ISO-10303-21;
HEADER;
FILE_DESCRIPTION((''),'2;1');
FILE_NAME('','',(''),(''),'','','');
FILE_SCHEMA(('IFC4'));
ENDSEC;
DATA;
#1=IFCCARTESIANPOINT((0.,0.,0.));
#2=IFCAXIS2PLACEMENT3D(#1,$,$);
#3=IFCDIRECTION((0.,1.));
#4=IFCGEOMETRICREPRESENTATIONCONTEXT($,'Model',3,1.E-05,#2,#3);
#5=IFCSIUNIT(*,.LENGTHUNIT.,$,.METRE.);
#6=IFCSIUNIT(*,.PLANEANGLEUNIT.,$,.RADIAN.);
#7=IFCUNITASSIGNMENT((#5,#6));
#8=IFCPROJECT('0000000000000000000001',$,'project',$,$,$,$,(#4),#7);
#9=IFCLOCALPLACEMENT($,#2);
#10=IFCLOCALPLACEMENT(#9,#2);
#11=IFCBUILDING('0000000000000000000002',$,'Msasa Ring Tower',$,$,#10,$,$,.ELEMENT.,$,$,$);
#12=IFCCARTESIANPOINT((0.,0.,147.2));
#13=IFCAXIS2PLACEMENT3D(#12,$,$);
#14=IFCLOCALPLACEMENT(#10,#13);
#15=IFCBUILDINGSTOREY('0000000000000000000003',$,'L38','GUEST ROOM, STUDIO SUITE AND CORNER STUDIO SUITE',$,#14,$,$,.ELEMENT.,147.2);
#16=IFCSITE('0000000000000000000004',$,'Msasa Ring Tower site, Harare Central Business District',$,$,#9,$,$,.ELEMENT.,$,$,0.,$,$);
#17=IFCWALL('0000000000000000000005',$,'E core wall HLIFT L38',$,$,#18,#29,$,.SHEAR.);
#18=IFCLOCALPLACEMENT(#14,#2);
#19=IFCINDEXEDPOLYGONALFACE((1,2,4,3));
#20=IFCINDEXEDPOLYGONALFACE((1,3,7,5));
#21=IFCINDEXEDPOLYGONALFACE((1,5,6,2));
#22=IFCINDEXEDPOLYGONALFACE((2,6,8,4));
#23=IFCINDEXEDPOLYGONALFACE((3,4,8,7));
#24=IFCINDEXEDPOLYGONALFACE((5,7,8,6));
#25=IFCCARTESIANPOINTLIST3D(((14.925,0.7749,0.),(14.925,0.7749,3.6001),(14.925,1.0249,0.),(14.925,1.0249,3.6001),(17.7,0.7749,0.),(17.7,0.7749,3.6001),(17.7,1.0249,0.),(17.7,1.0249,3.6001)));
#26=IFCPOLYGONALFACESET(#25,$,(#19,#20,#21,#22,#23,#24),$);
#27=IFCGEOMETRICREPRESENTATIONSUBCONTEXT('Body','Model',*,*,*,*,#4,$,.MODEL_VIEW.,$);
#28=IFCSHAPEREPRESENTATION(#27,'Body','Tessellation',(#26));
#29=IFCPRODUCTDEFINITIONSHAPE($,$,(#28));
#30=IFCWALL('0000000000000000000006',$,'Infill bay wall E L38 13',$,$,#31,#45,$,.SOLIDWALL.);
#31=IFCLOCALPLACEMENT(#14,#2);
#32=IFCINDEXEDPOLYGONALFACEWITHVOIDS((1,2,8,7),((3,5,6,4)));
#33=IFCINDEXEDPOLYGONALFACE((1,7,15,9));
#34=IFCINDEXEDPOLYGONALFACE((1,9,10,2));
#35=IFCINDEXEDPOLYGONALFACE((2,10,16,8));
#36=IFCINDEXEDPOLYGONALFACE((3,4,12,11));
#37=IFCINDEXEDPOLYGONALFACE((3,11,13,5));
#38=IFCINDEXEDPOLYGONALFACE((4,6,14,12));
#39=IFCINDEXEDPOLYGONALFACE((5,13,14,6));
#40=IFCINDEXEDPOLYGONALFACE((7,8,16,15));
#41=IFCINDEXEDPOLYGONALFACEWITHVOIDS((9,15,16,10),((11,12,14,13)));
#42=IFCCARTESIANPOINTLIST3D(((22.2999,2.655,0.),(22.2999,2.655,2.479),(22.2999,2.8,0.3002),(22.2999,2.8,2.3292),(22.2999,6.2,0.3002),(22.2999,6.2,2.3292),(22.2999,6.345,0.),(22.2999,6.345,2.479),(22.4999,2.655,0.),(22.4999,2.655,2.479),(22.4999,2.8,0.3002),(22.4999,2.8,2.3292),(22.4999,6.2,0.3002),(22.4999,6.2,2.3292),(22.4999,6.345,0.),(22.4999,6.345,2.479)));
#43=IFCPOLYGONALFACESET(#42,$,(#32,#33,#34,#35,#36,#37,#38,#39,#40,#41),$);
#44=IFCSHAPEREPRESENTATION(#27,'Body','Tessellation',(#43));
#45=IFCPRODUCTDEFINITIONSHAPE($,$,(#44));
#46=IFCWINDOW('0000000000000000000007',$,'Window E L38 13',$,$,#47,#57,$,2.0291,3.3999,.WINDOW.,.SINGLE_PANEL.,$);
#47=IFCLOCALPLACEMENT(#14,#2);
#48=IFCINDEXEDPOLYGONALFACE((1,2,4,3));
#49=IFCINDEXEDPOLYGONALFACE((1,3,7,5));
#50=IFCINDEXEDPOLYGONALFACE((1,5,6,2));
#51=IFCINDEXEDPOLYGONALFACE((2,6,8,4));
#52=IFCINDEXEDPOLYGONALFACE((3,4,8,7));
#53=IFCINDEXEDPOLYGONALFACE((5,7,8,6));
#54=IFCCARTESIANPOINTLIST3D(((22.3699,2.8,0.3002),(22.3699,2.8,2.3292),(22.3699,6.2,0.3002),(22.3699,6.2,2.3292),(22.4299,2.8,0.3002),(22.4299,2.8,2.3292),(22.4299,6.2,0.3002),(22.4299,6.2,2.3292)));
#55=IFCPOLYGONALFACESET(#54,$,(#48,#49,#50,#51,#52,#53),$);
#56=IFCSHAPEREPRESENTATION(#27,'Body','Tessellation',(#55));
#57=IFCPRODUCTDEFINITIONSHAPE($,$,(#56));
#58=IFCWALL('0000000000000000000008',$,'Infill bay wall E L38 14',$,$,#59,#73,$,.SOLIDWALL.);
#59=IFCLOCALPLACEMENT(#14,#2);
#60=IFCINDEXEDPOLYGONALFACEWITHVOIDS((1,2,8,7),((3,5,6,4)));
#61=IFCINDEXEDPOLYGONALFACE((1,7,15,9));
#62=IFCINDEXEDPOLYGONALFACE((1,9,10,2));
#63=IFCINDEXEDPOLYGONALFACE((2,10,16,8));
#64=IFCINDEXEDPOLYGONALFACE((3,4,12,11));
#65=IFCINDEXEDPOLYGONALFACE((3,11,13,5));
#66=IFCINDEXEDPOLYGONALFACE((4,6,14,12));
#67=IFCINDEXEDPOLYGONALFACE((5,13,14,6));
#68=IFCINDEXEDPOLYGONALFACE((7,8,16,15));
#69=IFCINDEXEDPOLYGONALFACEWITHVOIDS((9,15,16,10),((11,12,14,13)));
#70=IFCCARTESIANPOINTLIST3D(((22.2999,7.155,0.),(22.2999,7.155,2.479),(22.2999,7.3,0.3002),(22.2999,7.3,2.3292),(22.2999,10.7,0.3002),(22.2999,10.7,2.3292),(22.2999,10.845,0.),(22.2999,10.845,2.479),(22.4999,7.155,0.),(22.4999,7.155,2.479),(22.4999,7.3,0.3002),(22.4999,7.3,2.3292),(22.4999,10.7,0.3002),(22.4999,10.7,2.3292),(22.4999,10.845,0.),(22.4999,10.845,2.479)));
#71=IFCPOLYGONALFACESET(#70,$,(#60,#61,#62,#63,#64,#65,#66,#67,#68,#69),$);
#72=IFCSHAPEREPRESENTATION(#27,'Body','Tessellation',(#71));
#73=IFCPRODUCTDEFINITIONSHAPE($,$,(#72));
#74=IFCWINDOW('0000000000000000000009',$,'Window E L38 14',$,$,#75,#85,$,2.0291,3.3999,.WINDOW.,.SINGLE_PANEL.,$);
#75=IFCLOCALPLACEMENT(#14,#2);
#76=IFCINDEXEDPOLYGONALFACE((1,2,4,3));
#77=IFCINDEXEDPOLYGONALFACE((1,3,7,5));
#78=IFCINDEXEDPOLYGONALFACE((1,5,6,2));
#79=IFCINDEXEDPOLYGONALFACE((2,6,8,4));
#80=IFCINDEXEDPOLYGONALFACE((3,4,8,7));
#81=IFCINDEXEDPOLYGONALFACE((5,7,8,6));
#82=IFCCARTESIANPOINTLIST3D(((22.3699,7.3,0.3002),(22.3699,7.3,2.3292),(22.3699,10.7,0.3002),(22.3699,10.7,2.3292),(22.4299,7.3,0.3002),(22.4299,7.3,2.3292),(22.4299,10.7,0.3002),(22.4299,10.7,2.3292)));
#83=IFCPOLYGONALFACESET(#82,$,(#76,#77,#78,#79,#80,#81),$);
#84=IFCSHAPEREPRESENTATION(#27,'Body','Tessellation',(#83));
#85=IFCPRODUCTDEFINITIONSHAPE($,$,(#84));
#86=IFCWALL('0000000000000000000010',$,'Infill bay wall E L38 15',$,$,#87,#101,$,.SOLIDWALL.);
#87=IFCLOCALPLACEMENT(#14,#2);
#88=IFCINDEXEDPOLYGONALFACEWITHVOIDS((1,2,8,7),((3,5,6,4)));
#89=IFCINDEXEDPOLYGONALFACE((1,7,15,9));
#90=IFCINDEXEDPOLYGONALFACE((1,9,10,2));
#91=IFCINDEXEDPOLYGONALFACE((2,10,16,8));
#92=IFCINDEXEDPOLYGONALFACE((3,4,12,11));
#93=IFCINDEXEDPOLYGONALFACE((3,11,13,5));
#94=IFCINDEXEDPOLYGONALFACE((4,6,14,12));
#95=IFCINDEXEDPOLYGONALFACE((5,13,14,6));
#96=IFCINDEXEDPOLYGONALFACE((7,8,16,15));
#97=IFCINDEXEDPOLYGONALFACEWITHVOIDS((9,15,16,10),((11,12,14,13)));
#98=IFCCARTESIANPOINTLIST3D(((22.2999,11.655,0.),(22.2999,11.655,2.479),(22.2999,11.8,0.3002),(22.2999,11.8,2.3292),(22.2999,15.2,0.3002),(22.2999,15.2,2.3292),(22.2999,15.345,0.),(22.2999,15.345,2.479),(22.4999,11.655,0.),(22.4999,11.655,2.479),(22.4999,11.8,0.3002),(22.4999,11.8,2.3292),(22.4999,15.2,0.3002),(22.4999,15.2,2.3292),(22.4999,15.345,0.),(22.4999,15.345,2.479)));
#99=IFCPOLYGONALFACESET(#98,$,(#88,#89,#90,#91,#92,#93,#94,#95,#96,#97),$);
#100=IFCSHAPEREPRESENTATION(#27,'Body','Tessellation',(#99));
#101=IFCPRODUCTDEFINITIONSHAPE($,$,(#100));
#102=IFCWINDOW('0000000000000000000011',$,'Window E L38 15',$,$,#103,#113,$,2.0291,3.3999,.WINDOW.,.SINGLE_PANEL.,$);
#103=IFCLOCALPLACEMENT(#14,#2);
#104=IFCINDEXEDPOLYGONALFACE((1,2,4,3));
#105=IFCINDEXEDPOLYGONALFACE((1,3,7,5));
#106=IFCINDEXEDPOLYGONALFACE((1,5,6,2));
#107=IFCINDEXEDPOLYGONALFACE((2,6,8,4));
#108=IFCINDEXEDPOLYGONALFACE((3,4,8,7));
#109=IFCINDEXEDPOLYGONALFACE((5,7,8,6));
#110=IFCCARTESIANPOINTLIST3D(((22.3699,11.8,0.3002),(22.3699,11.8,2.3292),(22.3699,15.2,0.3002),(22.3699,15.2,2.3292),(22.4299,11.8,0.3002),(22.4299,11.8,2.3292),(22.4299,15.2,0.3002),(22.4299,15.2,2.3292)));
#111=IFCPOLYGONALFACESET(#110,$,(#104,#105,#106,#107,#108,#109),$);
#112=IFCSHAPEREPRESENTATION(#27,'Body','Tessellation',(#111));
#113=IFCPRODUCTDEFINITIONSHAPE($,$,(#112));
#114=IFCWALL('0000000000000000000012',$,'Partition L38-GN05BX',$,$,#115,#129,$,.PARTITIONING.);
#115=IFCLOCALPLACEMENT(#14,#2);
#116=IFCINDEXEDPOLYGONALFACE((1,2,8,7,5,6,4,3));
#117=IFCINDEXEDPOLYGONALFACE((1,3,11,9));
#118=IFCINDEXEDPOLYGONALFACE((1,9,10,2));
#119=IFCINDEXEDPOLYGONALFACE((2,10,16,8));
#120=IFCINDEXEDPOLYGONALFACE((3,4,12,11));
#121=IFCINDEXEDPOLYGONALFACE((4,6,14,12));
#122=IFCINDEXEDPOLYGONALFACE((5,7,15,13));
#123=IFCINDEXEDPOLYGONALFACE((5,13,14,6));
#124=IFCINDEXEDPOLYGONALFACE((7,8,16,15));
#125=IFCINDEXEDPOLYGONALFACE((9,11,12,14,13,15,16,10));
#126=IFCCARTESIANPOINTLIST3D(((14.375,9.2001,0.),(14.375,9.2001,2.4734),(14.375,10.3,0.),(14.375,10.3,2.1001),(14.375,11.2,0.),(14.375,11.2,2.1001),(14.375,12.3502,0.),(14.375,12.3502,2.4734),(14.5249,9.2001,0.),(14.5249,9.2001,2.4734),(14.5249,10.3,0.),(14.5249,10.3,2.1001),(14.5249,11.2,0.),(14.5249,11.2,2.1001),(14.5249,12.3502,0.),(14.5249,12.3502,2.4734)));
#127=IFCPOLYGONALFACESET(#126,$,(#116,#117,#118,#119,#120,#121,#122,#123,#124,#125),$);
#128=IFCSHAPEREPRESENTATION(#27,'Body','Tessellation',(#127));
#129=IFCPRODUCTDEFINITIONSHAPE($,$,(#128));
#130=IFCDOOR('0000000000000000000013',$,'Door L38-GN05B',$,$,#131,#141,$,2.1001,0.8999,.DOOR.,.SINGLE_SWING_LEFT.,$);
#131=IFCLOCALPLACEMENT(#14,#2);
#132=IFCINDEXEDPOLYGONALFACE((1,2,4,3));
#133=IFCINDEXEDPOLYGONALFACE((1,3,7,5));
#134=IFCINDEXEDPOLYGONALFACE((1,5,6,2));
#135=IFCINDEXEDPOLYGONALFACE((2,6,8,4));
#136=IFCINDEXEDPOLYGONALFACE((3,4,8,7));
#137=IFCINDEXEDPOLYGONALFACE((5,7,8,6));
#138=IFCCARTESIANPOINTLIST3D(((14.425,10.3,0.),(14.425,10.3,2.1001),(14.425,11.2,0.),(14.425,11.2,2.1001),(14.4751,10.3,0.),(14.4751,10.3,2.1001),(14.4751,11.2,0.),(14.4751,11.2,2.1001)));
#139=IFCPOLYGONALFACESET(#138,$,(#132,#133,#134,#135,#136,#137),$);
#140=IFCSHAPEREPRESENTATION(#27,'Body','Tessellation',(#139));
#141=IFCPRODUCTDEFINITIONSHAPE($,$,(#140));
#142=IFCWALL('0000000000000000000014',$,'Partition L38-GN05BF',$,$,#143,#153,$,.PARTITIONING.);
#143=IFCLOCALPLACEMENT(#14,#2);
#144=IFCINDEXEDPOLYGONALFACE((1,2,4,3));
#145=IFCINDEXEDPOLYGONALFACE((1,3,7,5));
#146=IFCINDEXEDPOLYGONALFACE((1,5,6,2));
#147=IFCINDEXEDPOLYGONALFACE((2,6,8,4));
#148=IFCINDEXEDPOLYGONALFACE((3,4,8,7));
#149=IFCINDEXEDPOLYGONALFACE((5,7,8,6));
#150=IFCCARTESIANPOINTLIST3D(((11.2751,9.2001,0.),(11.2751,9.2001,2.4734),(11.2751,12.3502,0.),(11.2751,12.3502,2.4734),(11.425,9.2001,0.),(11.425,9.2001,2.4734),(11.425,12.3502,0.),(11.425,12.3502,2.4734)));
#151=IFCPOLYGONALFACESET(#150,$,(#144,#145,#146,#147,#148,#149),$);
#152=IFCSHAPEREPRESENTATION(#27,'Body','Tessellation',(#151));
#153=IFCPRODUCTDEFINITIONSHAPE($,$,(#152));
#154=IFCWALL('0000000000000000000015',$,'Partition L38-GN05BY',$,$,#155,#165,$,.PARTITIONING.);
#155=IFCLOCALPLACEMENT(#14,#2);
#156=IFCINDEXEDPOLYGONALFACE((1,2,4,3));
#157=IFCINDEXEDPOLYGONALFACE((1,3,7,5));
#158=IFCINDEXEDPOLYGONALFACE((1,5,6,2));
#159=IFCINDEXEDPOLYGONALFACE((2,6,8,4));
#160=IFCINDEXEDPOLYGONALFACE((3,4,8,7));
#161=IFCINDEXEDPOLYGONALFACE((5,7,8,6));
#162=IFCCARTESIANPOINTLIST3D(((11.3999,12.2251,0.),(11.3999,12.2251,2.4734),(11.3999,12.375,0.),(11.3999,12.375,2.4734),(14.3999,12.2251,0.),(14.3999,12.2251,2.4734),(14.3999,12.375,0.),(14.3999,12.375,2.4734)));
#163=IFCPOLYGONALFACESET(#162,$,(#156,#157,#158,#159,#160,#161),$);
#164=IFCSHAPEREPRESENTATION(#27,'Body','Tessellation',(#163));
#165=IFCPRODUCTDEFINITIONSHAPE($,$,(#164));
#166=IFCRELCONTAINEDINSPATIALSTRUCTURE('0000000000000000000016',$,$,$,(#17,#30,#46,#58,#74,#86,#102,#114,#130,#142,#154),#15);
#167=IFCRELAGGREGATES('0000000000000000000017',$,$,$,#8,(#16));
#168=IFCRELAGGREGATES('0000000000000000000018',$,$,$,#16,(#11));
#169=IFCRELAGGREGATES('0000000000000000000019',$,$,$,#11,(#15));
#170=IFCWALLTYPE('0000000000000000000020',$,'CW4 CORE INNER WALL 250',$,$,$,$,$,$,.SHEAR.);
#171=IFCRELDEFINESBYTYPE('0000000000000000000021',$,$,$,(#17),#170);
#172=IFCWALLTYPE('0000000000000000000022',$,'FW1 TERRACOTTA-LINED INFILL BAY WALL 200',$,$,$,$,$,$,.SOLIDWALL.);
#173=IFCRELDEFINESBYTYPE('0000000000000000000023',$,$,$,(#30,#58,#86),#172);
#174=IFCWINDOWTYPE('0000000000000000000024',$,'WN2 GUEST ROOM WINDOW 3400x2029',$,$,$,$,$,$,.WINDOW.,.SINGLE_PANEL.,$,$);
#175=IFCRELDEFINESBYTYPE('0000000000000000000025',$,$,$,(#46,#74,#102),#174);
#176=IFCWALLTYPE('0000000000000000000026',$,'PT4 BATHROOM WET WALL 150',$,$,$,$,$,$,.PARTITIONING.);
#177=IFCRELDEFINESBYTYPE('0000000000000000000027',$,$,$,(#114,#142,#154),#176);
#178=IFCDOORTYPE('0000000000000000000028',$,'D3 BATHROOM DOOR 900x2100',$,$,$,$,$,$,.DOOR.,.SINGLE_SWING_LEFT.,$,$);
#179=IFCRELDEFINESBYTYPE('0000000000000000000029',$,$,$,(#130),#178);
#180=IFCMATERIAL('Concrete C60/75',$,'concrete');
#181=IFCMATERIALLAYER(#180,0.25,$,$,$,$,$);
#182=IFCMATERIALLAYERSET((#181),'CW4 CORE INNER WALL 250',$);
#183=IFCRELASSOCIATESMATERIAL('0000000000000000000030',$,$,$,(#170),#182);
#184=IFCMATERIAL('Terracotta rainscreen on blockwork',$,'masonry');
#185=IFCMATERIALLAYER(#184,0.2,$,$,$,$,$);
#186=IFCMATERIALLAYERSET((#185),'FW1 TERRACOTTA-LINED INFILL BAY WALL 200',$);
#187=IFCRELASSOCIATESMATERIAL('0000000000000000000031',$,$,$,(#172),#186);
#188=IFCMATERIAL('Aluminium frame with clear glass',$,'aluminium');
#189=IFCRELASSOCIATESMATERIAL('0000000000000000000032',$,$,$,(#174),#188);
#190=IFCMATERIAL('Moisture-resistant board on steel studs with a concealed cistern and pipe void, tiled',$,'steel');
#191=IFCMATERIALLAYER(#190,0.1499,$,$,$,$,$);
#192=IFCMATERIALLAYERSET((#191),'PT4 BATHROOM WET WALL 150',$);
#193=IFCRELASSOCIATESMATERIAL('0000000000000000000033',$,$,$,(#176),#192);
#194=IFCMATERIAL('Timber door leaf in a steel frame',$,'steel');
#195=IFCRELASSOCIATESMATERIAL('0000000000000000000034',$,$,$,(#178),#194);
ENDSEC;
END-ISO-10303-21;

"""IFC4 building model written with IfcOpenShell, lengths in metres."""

from ifc_helpers import new_model, si_unit, direction, frame, frame_2d, origin, place, context, subcontext, project, spatial, rectangle, extrude, material, layer, layer_set, type_object, element, fill, save


model = new_model("IFC4")

# Units and contexts
model_context = context("Model", 3, precision=1e-05, world=origin(), true_north=direction((0.0, 1.0)))
body_context = subcontext(model_context, "Body", "Model", "MODEL_VIEW")
ifc_project = project(units=[si_unit("LENGTHUNIT", "METRE"), si_unit("PLANEANGLEUNIT", "RADIAN")], contexts=[model_context])

# Site, building, storey
site_placement = place(None, origin())
site = spatial("IfcSite", under=ifc_project, at=site_placement, Name="Msasa Ring Tower site, Harare Central Business District", CompositionType="ELEMENT", RefElevation=0.0)
building_placement = place(site_placement, origin())
building = spatial("IfcBuilding", under=site, at=building_placement, Name="Msasa Ring Tower", CompositionType="ELEMENT")
storey_placement = place(building_placement, frame((0.0, 0.0, 147.2)))
storey = spatial("IfcBuildingStorey", under=building, at=storey_placement, Name="L38", Description="GUEST ROOM, STUDIO SUITE AND CORNER STUDIO SUITE", CompositionType="ELEMENT", Elevation=147.2)

# Wall
ifc_material_1 = material(Name="Concrete C60/75", Category="concrete")
ifc_layer_1 = layer(ifc_material_1, 0.25)
ifc_layer_set_1 = layer_set([ifc_layer_1], Name="CW4 CORE INNER WALL 250")
wall_type_1 = type_object("IfcWallType", Name="CW4 CORE INNER WALL 250", PredefinedType="SHEAR", material=ifc_layer_set_1)
wall_1_placement = place(storey_placement, frame((14.925, 0.8999, 0.0), z_axis=(0.0, 0.0, 1.0), x_axis=(1.0, 0.0, 0.0)))
element("IfcWall", 1, at=wall_1_placement, inside=storey, type_object=wall_type_1, Name="E core wall HLIFT L38", PredefinedType="SHEAR", context=body_context, shape_type="SweptSolid", body=[
    extrude(rectangle(XDim=2.7749, YDim=0.25, at=frame_2d((1.3875, 0.0))), origin(), (0.0, 0.0, 1.0), 3.6001),
])

# Walls, openings, windows
ifc_material_2 = material(Name="Terracotta rainscreen on blockwork", Category="masonry")
ifc_layer_2 = layer(ifc_material_2, 0.2)
ifc_layer_set_2 = layer_set([ifc_layer_2], Name="FW1 TERRACOTTA-LINED INFILL BAY WALL 200")
wall_type_2 = type_object("IfcWallType", Name="FW1 TERRACOTTA-LINED INFILL BAY WALL 200", PredefinedType="SOLIDWALL", material=ifc_layer_set_2)
wall_2_placement = place(storey_placement, frame((22.3999, 2.655, 0.0), z_axis=(0.0, 0.0, 1.0), x_axis=(0.0, 1.0, 0.0)))
wall_2 = element("IfcWall", 2, at=wall_2_placement, inside=storey, type_object=wall_type_2, Name="Infill bay wall E L38 13", PredefinedType="SOLIDWALL", context=body_context, shape_type="SweptSolid", body=[
    extrude(rectangle(XDim=3.6899, YDim=0.2, at=frame_2d((1.845, 0.0))), origin(), (0.0, 0.0, 1.0), 2.479),
])
opening_1_placement = place(wall_2_placement, frame((0.145, 0.0, 0.3)))
opening_1 = element("IfcOpeningElement", 3, at=opening_1_placement, cuts=wall_2, PredefinedType="OPENING", context=body_context, shape_type="SweptSolid", body=[
    extrude(rectangle(XDim=3.3999, YDim=2.0291, at=frame_2d((1.7, 1.0146))), frame((0.0, 0.1099, 0.0), z_axis=(0.0, -1.0, 0.0), x_axis=(1.0, 0.0, 0.0)), (0.0, 0.0, 1.0), 0.22),
])
ifc_material_3 = material(Name="Aluminium frame with clear glass", Category="aluminium")
window_type = type_object("IfcWindowType", Name="WN2 GUEST ROOM WINDOW 3400x2029", PartitioningType="SINGLE_PANEL", PredefinedType="WINDOW", material=ifc_material_3)
window_1_placement = place(opening_1_placement, origin())
window_1 = element("IfcWindow", 4, at=window_1_placement, inside=storey, type_object=window_type, Name="Window E L38 13", OverallHeight=2.0291, OverallWidth=3.3999, PartitioningType="SINGLE_PANEL", PredefinedType="WINDOW", context=body_context, shape_type="SweptSolid", body=[
    extrude(rectangle(XDim=3.3999, YDim=2.0291, at=frame_2d((1.7, 1.0146))), frame((0.0, 0.03, 0.0), z_axis=(0.0, -1.0, 0.0), x_axis=(1.0, 0.0, 0.0)), (0.0, 0.0, 1.0), 0.0601),
])
fill(opening_1, window_1)
wall_3_placement = place(storey_placement, frame((22.3999, 7.155, 0.0), z_axis=(0.0, 0.0, 1.0), x_axis=(0.0, 1.0, 0.0)))
wall_3 = element("IfcWall", 5, at=wall_3_placement, inside=storey, type_object=wall_type_2, Name="Infill bay wall E L38 14", PredefinedType="SOLIDWALL", context=body_context, shape_type="SweptSolid", body=[
    extrude(rectangle(XDim=3.6899, YDim=0.2, at=frame_2d((1.845, 0.0))), origin(), (0.0, 0.0, 1.0), 2.479),
])
opening_2_placement = place(wall_3_placement, frame((0.145, 0.0, 0.3)))
opening_2 = element("IfcOpeningElement", 6, at=opening_2_placement, cuts=wall_3, PredefinedType="OPENING", context=body_context, shape_type="SweptSolid", body=[
    extrude(rectangle(XDim=3.3999, YDim=2.0291, at=frame_2d((1.7, 1.0146))), frame((0.0, 0.1099, 0.0), z_axis=(0.0, -1.0, 0.0), x_axis=(1.0, 0.0, 0.0)), (0.0, 0.0, 1.0), 0.22),
])
window_2_placement = place(opening_2_placement, origin())
window_2 = element("IfcWindow", 7, at=window_2_placement, inside=storey, type_object=window_type, Name="Window E L38 14", OverallHeight=2.0291, OverallWidth=3.3999, PartitioningType="SINGLE_PANEL", PredefinedType="WINDOW", context=body_context, shape_type="SweptSolid", body=[
    extrude(rectangle(XDim=3.3999, YDim=2.0291, at=frame_2d((1.7, 1.0146))), frame((0.0, 0.03, 0.0), z_axis=(0.0, -1.0, 0.0), x_axis=(1.0, 0.0, 0.0)), (0.0, 0.0, 1.0), 0.0601),
])
fill(opening_2, window_2)
wall_4_placement = place(storey_placement, frame((22.3999, 11.655, 0.0), z_axis=(0.0, 0.0, 1.0), x_axis=(0.0, 1.0, 0.0)))
wall_4 = element("IfcWall", 8, at=wall_4_placement, inside=storey, type_object=wall_type_2, Name="Infill bay wall E L38 15", PredefinedType="SOLIDWALL", context=body_context, shape_type="SweptSolid", body=[
    extrude(rectangle(XDim=3.6899, YDim=0.2, at=frame_2d((1.845, 0.0))), origin(), (0.0, 0.0, 1.0), 2.479),
])
opening_3_placement = place(wall_4_placement, frame((0.145, 0.0, 0.3)))
opening_3 = element("IfcOpeningElement", 9, at=opening_3_placement, cuts=wall_4, PredefinedType="OPENING", context=body_context, shape_type="SweptSolid", body=[
    extrude(rectangle(XDim=3.3999, YDim=2.0291, at=frame_2d((1.7, 1.0146))), frame((0.0, 0.1099, 0.0), z_axis=(0.0, -1.0, 0.0), x_axis=(1.0, 0.0, 0.0)), (0.0, 0.0, 1.0), 0.22),
])
window_3_placement = place(opening_3_placement, origin())
window_3 = element("IfcWindow", 10, at=window_3_placement, inside=storey, type_object=window_type, Name="Window E L38 15", OverallHeight=2.0291, OverallWidth=3.3999, PartitioningType="SINGLE_PANEL", PredefinedType="WINDOW", context=body_context, shape_type="SweptSolid", body=[
    extrude(rectangle(XDim=3.3999, YDim=2.0291, at=frame_2d((1.7, 1.0146))), frame((0.0, 0.03, 0.0), z_axis=(0.0, -1.0, 0.0), x_axis=(1.0, 0.0, 0.0)), (0.0, 0.0, 1.0), 0.0601),
])
fill(opening_3, window_3)

# Wall, opening, door
ifc_material_4 = material(Name="Moisture-resistant board on steel studs with a concealed cistern and pipe void, tiled", Category="steel")
ifc_layer_3 = layer(ifc_material_4, 0.1499)
ifc_layer_set_3 = layer_set([ifc_layer_3], Name="PT4 BATHROOM WET WALL 150")
wall_type_3 = type_object("IfcWallType", Name="PT4 BATHROOM WET WALL 150", PredefinedType="PARTITIONING", material=ifc_layer_set_3)
wall_5_placement = place(storey_placement, frame((14.45, 9.2, 0.0), z_axis=(0.0, 0.0, 1.0), x_axis=(0.0, 1.0, 0.0)))
wall_5 = element("IfcWall", 11, at=wall_5_placement, inside=storey, type_object=wall_type_3, Name="Partition L38-GN05BX", PredefinedType="PARTITIONING", context=body_context, shape_type="SweptSolid", body=[
    extrude(rectangle(XDim=3.1501, YDim=0.1499, at=frame_2d((1.5752, 0.0))), origin(), (0.0, 0.0, 1.0), 2.4734),
])
opening_4_placement = place(wall_5_placement, frame((1.1001, 0.0, 0.0)))
opening_4 = element("IfcOpeningElement", 12, at=opening_4_placement, cuts=wall_5, PredefinedType="OPENING", context=body_context, shape_type="SweptSolid", body=[
    extrude(rectangle(XDim=0.8999, YDim=2.1001, at=frame_2d((0.45, 1.05))), frame((0.0, 0.085, 0.0), z_axis=(0.0, -1.0, 0.0), x_axis=(1.0, 0.0, 0.0)), (0.0, 0.0, 1.0), 0.1699),
])
ifc_material_5 = material(Name="Timber door leaf in a steel frame", Category="steel")
door_type = type_object("IfcDoorType", Name="D3 BATHROOM DOOR 900x2100", OperationType="SINGLE_SWING_LEFT", PredefinedType="DOOR", material=ifc_material_5)
door_1_placement = place(opening_4_placement, origin())
door_1 = element("IfcDoor", 13, at=door_1_placement, inside=storey, type_object=door_type, Name="Door L38-GN05B", OperationType="SINGLE_SWING_LEFT", OverallHeight=2.1001, OverallWidth=0.8999, PredefinedType="DOOR", context=body_context, shape_type="SweptSolid", body=[
    extrude(rectangle(XDim=0.8999, YDim=2.1001, at=frame_2d((0.45, 1.05))), frame((0.0, 0.0249, 0.0), z_axis=(0.0, -1.0, 0.0), x_axis=(1.0, 0.0, 0.0)), (0.0, 0.0, 1.0), 0.05),
])
fill(opening_4, door_1)

# Walls
wall_6_placement = place(storey_placement, frame((11.3501, 9.2, 0.0), z_axis=(0.0, 0.0, 1.0), x_axis=(0.0, 1.0, 0.0)))
element("IfcWall", 14, at=wall_6_placement, inside=storey, type_object=wall_type_3, Name="Partition L38-GN05BF", PredefinedType="PARTITIONING", context=body_context, shape_type="SweptSolid", body=[
    extrude(rectangle(XDim=3.1501, YDim=0.1499, at=frame_2d((1.5752, 0.0))), origin(), (0.0, 0.0, 1.0), 2.4734),
])
wall_7_placement = place(storey_placement, frame((11.3999, 12.3, 0.0), z_axis=(0.0, 0.0, 1.0), x_axis=(1.0, 0.0, 0.0)))
element("IfcWall", 15, at=wall_7_placement, inside=storey, type_object=wall_type_3, Name="Partition L38-GN05BY", PredefinedType="PARTITIONING", context=body_context, shape_type="SweptSolid", body=[
    extrude(rectangle(XDim=3.0, YDim=0.1499, at=frame_2d((1.5, 0.0))), origin(), (0.0, 0.0, 1.0), 2.4734),
])

save(model, "model.ifc")
